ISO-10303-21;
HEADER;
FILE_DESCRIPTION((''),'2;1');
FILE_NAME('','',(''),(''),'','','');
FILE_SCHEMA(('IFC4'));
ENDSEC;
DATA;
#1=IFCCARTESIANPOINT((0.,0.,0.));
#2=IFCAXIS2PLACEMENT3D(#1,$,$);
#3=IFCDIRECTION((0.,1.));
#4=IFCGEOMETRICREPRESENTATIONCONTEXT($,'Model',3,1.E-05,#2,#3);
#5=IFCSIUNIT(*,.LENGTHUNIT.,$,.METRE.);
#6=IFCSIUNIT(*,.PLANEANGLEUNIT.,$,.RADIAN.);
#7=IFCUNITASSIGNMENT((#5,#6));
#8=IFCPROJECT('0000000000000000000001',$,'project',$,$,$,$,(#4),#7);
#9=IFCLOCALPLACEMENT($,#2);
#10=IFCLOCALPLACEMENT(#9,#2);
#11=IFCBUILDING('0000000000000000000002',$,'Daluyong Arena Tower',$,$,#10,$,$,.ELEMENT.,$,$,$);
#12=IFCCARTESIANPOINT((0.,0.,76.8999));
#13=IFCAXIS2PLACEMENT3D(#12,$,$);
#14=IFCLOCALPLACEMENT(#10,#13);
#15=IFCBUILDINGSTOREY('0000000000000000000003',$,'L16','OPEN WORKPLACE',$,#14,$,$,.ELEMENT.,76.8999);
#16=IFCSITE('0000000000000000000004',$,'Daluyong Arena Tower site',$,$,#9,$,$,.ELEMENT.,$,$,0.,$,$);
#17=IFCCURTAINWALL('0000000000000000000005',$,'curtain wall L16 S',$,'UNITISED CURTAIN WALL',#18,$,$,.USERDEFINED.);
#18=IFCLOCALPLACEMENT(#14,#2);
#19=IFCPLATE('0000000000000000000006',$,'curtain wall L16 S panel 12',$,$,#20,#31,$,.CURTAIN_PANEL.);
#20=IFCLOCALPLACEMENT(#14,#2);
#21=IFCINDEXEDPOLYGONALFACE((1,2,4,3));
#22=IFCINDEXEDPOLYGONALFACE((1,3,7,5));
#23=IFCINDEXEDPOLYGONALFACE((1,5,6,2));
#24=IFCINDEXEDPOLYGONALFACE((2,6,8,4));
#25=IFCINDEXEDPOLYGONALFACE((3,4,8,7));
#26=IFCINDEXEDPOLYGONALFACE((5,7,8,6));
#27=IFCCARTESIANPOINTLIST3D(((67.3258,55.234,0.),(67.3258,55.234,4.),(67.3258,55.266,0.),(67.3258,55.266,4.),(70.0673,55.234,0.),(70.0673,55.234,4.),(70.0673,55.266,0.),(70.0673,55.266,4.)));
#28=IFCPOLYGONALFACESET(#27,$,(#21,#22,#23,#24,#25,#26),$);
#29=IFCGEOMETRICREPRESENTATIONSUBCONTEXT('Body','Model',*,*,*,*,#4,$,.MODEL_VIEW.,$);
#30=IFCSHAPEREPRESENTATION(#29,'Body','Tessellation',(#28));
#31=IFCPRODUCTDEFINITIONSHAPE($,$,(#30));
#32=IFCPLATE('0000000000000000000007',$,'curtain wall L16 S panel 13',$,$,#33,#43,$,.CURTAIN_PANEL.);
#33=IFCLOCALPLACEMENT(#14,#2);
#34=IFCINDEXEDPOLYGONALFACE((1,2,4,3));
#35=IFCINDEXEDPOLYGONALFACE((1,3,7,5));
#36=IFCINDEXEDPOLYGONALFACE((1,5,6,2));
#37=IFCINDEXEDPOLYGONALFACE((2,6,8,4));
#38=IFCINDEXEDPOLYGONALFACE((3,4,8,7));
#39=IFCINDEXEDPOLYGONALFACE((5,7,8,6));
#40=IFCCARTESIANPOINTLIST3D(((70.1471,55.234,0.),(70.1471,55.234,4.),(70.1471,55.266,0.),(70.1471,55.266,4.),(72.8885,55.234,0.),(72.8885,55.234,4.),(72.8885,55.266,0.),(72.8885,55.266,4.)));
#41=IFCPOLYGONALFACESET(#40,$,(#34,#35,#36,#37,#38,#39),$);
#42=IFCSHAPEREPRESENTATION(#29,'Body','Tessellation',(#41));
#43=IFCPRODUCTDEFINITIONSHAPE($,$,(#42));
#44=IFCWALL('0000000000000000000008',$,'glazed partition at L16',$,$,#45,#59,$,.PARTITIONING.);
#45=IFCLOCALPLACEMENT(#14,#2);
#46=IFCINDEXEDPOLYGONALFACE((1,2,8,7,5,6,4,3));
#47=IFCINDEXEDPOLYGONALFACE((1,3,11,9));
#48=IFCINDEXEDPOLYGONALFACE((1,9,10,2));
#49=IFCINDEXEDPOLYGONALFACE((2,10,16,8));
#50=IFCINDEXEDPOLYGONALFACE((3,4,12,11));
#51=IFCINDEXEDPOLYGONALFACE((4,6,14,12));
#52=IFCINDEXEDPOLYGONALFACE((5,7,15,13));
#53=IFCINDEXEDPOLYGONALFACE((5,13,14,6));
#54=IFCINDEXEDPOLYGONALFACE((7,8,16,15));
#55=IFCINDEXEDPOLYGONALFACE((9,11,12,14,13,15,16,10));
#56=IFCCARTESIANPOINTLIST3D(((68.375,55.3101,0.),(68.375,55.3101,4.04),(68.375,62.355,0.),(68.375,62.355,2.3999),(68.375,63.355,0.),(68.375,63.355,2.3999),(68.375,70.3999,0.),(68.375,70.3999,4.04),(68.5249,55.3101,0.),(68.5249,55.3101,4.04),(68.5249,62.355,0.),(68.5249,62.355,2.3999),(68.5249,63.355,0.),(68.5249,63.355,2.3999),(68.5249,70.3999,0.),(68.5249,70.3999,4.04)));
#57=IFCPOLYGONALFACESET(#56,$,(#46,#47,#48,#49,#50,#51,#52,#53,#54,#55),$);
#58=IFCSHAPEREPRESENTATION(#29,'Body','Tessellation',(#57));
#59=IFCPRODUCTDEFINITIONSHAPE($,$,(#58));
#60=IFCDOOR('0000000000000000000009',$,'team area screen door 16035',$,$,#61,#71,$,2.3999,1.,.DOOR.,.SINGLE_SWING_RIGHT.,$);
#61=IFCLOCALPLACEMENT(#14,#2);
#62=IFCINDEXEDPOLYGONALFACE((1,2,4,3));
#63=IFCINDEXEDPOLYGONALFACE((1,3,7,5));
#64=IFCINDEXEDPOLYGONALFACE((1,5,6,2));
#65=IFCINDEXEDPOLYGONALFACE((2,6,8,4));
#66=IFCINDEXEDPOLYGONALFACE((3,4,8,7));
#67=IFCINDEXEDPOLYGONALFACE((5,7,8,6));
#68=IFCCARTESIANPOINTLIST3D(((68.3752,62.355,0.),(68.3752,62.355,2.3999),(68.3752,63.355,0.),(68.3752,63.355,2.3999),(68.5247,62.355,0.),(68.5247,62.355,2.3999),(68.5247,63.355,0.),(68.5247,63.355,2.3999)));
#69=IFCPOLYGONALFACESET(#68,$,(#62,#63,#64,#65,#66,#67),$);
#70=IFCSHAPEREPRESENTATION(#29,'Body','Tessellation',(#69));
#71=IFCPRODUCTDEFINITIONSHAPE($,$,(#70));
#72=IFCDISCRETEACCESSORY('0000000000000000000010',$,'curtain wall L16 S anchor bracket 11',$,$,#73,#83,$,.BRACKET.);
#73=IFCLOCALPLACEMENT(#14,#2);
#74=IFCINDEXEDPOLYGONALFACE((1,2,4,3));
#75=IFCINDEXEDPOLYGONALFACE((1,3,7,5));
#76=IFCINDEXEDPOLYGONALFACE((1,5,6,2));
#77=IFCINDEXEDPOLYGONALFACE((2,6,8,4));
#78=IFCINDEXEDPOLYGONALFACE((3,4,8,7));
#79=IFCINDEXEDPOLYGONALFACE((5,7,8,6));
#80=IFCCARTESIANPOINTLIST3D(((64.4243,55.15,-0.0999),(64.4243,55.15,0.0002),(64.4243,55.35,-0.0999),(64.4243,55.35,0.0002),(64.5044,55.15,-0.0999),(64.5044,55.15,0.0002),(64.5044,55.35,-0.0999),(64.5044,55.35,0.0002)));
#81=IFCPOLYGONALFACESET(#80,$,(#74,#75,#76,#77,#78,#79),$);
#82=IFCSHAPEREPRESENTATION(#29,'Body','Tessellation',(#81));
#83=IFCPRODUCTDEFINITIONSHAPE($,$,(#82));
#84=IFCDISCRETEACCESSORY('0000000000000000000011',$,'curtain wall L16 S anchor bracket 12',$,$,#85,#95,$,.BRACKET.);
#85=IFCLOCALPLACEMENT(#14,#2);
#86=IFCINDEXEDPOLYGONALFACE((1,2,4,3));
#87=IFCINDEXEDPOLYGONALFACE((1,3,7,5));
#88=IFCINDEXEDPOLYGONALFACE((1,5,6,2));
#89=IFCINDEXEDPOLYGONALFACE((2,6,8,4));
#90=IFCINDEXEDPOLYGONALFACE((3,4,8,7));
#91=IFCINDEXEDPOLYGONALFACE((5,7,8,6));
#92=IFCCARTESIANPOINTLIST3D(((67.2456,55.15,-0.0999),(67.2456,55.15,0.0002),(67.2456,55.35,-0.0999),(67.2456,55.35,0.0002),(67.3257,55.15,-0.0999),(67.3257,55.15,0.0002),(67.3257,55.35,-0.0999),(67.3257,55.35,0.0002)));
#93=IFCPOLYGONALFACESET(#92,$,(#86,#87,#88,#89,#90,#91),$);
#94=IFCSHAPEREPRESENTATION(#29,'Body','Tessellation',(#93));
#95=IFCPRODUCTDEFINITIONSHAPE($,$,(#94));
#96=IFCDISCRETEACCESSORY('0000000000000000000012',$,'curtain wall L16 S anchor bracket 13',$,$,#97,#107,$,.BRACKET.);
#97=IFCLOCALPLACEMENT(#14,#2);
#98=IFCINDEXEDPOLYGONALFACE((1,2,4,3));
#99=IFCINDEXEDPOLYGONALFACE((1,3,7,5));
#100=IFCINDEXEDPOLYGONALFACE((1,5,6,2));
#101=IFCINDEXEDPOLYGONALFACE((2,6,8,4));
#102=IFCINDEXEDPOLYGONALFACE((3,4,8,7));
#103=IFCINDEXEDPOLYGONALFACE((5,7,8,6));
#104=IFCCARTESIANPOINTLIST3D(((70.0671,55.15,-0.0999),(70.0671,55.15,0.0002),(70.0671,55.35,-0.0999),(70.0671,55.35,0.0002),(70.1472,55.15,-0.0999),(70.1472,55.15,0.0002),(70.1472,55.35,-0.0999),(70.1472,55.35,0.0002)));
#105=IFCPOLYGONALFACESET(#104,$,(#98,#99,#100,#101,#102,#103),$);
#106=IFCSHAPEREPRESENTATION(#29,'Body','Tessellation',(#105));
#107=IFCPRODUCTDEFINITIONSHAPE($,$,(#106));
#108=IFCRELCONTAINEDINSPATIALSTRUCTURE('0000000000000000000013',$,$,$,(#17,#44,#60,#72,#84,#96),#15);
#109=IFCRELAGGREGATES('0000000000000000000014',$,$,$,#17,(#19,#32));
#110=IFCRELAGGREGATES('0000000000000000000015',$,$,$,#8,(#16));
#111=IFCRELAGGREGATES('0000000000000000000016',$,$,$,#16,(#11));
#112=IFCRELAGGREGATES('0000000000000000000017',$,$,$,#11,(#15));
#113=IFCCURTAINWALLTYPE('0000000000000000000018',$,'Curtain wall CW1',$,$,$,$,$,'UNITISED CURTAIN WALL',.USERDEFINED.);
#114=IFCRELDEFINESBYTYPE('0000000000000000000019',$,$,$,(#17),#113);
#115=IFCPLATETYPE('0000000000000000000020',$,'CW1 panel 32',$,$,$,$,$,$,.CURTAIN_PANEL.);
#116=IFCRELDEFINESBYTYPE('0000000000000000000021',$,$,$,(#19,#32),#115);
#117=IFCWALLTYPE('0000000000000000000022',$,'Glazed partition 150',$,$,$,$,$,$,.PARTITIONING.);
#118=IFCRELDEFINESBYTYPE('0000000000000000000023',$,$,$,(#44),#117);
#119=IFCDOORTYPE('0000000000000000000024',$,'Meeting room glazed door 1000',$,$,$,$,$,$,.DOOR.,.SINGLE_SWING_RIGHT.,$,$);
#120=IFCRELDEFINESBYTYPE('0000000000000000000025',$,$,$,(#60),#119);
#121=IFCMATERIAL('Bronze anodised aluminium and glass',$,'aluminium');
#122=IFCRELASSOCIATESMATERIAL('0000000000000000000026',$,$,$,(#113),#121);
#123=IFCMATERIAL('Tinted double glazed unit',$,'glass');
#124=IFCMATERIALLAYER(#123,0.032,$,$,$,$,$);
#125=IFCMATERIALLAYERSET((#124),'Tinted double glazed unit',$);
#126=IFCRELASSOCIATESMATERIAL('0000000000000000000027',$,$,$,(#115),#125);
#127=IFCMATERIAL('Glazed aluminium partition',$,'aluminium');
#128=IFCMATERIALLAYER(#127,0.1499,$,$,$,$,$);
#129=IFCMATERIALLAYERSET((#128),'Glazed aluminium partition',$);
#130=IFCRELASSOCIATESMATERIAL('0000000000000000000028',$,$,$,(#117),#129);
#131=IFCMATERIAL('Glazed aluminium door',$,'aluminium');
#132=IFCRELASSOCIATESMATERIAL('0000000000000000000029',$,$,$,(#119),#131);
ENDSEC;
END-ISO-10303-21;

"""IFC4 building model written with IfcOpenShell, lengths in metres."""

from ifc_helpers import new_model, si_unit, direction, frame, frame_2d, origin, origin_2d, place, context, subcontext, project, spatial, rectangle, extrude, material, layer, layer_set, type_object, element, fill, aggregate, save


model = new_model("IFC4")

# Units and contexts
model_context = context("Model", 3, precision=1e-05, world=origin(), true_north=direction((0.0, 1.0)))
body_context = subcontext(model_context, "Body", "Model", "MODEL_VIEW")
ifc_project = project(units=[si_unit("LENGTHUNIT", "METRE"), si_unit("PLANEANGLEUNIT", "RADIAN")], contexts=[model_context])

# Site, building, storey
site_placement = place(None, origin())
site = spatial("IfcSite", under=ifc_project, at=site_placement, Name="Daluyong Arena Tower site", CompositionType="ELEMENT", RefElevation=0.0)
building_placement = place(site_placement, origin())
building = spatial("IfcBuilding", under=site, at=building_placement, Name="Daluyong Arena Tower", CompositionType="ELEMENT")
storey_placement = place(building_placement, frame((0.0, 0.0, 76.8999)))
storey = spatial("IfcBuildingStorey", under=building, at=storey_placement, Name="L16", Description="OPEN WORKPLACE", CompositionType="ELEMENT", Elevation=76.8999)

# Curtain wall
ifc_material_1 = material(Name="Bronze anodised aluminium and glass", Category="aluminium")
curtain_wall_type = type_object("IfcCurtainWallType", Name="Curtain wall CW1", ElementType="UNITISED CURTAIN WALL", PredefinedType="USERDEFINED", material=ifc_material_1)
curtain_wall_placement = place(storey_placement, origin())
curtain_wall = element("IfcCurtainWall", 1, at=curtain_wall_placement, inside=storey, type_object=curtain_wall_type, Name="curtain wall L16 S", ObjectType="UNITISED CURTAIN WALL", PredefinedType="USERDEFINED")

# Plates
ifc_material_2 = material(Name="Tinted double glazed unit", Category="glass")
ifc_layer_1 = layer(ifc_material_2, 0.032)
ifc_layer_set_1 = layer_set([ifc_layer_1], Name="Tinted double glazed unit")
plate_type = type_object("IfcPlateType", Name="CW1 panel 32", PredefinedType="CURTAIN_PANEL", material=ifc_layer_set_1)
plate_1_placement = place(storey_placement, frame((68.6965, 55.25, 0.0), z_axis=(0.0, 0.0, 1.0), x_axis=(1.0, 0.0, 0.0)))
plate_1 = element("IfcPlate", 2, at=plate_1_placement, type_object=plate_type, Name="curtain wall L16 S panel 12", PredefinedType="CURTAIN_PANEL", context=body_context, shape_type="SweptSolid", body=[
    extrude(rectangle(XDim=2.7415, YDim=0.032, at=origin_2d()), origin(), (0.0, 0.0, 1.0), 4.0),
])
plate_2_placement = place(storey_placement, frame((71.5178, 55.25, 0.0), z_axis=(0.0, 0.0, 1.0), x_axis=(1.0, 0.0, 0.0)))
plate_2 = element("IfcPlate", 3, at=plate_2_placement, type_object=plate_type, Name="curtain wall L16 S panel 13", PredefinedType="CURTAIN_PANEL", context=body_context, shape_type="SweptSolid", body=[
    extrude(rectangle(XDim=2.7415, YDim=0.032, at=origin_2d()), origin(), (0.0, 0.0, 1.0), 4.0),
])
aggregate(curtain_wall, [plate_1, plate_2])

# Wall, opening, door
ifc_material_3 = material(Name="Glazed aluminium partition", Category="aluminium")
ifc_layer_2 = layer(ifc_material_3, 0.1499)
ifc_layer_set_2 = layer_set([ifc_layer_2], Name="Glazed aluminium partition")
wall_type = type_object("IfcWallType", Name="Glazed partition 150", PredefinedType="PARTITIONING", material=ifc_layer_set_2)
wall_placement = place(storey_placement, frame((68.45, 55.3101, 0.0), z_axis=(0.0, 0.0, 1.0), x_axis=(0.0, 1.0, 0.0)))
wall = element("IfcWall", 4, at=wall_placement, inside=storey, type_object=wall_type, Name="glazed partition at L16", PredefinedType="PARTITIONING", context=body_context, shape_type="SweptSolid", body=[
    extrude(rectangle(XDim=15.0898, YDim=0.1499, at=frame_2d((7.5449, 0.0))), origin(), (0.0, 0.0, 1.0), 4.04),
])
opening_placement = place(wall_placement, frame((7.0449, 0.0, 0.0)))
opening = element("IfcOpeningElement", 5, at=opening_placement, cuts=wall, PredefinedType="OPENING", context=body_context, shape_type="SweptSolid", body=[
    extrude(rectangle(XDim=1.0, YDim=2.3999, at=frame_2d((0.5, 1.2))), frame((0.0, 0.085, 0.0), z_axis=(0.0, -1.0, 0.0), x_axis=(1.0, 0.0, 0.0)), (0.0, 0.0, 1.0), 0.1699),
])
ifc_material_4 = material(Name="Glazed aluminium door", Category="aluminium")
door_type = type_object("IfcDoorType", Name="Meeting room glazed door 1000", OperationType="SINGLE_SWING_RIGHT", PredefinedType="DOOR", material=ifc_material_4)
door_placement = place(opening_placement, origin())
door = element("IfcDoor", 6, at=door_placement, inside=storey, type_object=door_type, Name="team area screen door 16035", OperationType="SINGLE_SWING_RIGHT", OverallHeight=2.3999, OverallWidth=1.0, PredefinedType="DOOR", context=body_context, shape_type="SweptSolid", body=[
    extrude(rectangle(XDim=1.0, YDim=2.3999, at=frame_2d((0.5, 1.2))), frame((0.0, 0.0747, 0.0), z_axis=(0.0, -1.0, 0.0), x_axis=(1.0, 0.0, 0.0)), (0.0, 0.0, 1.0), 0.1494),
])
fill(opening, door)

# Discrete accessories
for number, where, z_axis, x_axis, name in (
    (7, (64.4644, 55.25, -0.0999), (0.0, 0.0, 1.0), (1.0, 0.0, 0.0), "curtain wall L16 S anchor bracket 11"),
    (8, (67.2856, 55.25, -0.0999), (0.0, 0.0, 1.0), (1.0, 0.0, 0.0), "curtain wall L16 S anchor bracket 12"),
    (9, (70.1072, 55.25, -0.0999), (0.0, 0.0, 1.0), (1.0, 0.0, 0.0), "curtain wall L16 S anchor bracket 13"),
):
    element("IfcDiscreteAccessory", number, at=place(storey_placement, frame(where, z_axis=z_axis, x_axis=x_axis)), inside=storey, Name=name, PredefinedType="BRACKET", context=body_context, shape_type="SweptSolid", body=[
        extrude(rectangle(XDim=0.0801, YDim=0.2, at=origin_2d()), origin(), (0.0, 0.0, 1.0), 0.1001),
    ])

save(model, "model.ifc")
